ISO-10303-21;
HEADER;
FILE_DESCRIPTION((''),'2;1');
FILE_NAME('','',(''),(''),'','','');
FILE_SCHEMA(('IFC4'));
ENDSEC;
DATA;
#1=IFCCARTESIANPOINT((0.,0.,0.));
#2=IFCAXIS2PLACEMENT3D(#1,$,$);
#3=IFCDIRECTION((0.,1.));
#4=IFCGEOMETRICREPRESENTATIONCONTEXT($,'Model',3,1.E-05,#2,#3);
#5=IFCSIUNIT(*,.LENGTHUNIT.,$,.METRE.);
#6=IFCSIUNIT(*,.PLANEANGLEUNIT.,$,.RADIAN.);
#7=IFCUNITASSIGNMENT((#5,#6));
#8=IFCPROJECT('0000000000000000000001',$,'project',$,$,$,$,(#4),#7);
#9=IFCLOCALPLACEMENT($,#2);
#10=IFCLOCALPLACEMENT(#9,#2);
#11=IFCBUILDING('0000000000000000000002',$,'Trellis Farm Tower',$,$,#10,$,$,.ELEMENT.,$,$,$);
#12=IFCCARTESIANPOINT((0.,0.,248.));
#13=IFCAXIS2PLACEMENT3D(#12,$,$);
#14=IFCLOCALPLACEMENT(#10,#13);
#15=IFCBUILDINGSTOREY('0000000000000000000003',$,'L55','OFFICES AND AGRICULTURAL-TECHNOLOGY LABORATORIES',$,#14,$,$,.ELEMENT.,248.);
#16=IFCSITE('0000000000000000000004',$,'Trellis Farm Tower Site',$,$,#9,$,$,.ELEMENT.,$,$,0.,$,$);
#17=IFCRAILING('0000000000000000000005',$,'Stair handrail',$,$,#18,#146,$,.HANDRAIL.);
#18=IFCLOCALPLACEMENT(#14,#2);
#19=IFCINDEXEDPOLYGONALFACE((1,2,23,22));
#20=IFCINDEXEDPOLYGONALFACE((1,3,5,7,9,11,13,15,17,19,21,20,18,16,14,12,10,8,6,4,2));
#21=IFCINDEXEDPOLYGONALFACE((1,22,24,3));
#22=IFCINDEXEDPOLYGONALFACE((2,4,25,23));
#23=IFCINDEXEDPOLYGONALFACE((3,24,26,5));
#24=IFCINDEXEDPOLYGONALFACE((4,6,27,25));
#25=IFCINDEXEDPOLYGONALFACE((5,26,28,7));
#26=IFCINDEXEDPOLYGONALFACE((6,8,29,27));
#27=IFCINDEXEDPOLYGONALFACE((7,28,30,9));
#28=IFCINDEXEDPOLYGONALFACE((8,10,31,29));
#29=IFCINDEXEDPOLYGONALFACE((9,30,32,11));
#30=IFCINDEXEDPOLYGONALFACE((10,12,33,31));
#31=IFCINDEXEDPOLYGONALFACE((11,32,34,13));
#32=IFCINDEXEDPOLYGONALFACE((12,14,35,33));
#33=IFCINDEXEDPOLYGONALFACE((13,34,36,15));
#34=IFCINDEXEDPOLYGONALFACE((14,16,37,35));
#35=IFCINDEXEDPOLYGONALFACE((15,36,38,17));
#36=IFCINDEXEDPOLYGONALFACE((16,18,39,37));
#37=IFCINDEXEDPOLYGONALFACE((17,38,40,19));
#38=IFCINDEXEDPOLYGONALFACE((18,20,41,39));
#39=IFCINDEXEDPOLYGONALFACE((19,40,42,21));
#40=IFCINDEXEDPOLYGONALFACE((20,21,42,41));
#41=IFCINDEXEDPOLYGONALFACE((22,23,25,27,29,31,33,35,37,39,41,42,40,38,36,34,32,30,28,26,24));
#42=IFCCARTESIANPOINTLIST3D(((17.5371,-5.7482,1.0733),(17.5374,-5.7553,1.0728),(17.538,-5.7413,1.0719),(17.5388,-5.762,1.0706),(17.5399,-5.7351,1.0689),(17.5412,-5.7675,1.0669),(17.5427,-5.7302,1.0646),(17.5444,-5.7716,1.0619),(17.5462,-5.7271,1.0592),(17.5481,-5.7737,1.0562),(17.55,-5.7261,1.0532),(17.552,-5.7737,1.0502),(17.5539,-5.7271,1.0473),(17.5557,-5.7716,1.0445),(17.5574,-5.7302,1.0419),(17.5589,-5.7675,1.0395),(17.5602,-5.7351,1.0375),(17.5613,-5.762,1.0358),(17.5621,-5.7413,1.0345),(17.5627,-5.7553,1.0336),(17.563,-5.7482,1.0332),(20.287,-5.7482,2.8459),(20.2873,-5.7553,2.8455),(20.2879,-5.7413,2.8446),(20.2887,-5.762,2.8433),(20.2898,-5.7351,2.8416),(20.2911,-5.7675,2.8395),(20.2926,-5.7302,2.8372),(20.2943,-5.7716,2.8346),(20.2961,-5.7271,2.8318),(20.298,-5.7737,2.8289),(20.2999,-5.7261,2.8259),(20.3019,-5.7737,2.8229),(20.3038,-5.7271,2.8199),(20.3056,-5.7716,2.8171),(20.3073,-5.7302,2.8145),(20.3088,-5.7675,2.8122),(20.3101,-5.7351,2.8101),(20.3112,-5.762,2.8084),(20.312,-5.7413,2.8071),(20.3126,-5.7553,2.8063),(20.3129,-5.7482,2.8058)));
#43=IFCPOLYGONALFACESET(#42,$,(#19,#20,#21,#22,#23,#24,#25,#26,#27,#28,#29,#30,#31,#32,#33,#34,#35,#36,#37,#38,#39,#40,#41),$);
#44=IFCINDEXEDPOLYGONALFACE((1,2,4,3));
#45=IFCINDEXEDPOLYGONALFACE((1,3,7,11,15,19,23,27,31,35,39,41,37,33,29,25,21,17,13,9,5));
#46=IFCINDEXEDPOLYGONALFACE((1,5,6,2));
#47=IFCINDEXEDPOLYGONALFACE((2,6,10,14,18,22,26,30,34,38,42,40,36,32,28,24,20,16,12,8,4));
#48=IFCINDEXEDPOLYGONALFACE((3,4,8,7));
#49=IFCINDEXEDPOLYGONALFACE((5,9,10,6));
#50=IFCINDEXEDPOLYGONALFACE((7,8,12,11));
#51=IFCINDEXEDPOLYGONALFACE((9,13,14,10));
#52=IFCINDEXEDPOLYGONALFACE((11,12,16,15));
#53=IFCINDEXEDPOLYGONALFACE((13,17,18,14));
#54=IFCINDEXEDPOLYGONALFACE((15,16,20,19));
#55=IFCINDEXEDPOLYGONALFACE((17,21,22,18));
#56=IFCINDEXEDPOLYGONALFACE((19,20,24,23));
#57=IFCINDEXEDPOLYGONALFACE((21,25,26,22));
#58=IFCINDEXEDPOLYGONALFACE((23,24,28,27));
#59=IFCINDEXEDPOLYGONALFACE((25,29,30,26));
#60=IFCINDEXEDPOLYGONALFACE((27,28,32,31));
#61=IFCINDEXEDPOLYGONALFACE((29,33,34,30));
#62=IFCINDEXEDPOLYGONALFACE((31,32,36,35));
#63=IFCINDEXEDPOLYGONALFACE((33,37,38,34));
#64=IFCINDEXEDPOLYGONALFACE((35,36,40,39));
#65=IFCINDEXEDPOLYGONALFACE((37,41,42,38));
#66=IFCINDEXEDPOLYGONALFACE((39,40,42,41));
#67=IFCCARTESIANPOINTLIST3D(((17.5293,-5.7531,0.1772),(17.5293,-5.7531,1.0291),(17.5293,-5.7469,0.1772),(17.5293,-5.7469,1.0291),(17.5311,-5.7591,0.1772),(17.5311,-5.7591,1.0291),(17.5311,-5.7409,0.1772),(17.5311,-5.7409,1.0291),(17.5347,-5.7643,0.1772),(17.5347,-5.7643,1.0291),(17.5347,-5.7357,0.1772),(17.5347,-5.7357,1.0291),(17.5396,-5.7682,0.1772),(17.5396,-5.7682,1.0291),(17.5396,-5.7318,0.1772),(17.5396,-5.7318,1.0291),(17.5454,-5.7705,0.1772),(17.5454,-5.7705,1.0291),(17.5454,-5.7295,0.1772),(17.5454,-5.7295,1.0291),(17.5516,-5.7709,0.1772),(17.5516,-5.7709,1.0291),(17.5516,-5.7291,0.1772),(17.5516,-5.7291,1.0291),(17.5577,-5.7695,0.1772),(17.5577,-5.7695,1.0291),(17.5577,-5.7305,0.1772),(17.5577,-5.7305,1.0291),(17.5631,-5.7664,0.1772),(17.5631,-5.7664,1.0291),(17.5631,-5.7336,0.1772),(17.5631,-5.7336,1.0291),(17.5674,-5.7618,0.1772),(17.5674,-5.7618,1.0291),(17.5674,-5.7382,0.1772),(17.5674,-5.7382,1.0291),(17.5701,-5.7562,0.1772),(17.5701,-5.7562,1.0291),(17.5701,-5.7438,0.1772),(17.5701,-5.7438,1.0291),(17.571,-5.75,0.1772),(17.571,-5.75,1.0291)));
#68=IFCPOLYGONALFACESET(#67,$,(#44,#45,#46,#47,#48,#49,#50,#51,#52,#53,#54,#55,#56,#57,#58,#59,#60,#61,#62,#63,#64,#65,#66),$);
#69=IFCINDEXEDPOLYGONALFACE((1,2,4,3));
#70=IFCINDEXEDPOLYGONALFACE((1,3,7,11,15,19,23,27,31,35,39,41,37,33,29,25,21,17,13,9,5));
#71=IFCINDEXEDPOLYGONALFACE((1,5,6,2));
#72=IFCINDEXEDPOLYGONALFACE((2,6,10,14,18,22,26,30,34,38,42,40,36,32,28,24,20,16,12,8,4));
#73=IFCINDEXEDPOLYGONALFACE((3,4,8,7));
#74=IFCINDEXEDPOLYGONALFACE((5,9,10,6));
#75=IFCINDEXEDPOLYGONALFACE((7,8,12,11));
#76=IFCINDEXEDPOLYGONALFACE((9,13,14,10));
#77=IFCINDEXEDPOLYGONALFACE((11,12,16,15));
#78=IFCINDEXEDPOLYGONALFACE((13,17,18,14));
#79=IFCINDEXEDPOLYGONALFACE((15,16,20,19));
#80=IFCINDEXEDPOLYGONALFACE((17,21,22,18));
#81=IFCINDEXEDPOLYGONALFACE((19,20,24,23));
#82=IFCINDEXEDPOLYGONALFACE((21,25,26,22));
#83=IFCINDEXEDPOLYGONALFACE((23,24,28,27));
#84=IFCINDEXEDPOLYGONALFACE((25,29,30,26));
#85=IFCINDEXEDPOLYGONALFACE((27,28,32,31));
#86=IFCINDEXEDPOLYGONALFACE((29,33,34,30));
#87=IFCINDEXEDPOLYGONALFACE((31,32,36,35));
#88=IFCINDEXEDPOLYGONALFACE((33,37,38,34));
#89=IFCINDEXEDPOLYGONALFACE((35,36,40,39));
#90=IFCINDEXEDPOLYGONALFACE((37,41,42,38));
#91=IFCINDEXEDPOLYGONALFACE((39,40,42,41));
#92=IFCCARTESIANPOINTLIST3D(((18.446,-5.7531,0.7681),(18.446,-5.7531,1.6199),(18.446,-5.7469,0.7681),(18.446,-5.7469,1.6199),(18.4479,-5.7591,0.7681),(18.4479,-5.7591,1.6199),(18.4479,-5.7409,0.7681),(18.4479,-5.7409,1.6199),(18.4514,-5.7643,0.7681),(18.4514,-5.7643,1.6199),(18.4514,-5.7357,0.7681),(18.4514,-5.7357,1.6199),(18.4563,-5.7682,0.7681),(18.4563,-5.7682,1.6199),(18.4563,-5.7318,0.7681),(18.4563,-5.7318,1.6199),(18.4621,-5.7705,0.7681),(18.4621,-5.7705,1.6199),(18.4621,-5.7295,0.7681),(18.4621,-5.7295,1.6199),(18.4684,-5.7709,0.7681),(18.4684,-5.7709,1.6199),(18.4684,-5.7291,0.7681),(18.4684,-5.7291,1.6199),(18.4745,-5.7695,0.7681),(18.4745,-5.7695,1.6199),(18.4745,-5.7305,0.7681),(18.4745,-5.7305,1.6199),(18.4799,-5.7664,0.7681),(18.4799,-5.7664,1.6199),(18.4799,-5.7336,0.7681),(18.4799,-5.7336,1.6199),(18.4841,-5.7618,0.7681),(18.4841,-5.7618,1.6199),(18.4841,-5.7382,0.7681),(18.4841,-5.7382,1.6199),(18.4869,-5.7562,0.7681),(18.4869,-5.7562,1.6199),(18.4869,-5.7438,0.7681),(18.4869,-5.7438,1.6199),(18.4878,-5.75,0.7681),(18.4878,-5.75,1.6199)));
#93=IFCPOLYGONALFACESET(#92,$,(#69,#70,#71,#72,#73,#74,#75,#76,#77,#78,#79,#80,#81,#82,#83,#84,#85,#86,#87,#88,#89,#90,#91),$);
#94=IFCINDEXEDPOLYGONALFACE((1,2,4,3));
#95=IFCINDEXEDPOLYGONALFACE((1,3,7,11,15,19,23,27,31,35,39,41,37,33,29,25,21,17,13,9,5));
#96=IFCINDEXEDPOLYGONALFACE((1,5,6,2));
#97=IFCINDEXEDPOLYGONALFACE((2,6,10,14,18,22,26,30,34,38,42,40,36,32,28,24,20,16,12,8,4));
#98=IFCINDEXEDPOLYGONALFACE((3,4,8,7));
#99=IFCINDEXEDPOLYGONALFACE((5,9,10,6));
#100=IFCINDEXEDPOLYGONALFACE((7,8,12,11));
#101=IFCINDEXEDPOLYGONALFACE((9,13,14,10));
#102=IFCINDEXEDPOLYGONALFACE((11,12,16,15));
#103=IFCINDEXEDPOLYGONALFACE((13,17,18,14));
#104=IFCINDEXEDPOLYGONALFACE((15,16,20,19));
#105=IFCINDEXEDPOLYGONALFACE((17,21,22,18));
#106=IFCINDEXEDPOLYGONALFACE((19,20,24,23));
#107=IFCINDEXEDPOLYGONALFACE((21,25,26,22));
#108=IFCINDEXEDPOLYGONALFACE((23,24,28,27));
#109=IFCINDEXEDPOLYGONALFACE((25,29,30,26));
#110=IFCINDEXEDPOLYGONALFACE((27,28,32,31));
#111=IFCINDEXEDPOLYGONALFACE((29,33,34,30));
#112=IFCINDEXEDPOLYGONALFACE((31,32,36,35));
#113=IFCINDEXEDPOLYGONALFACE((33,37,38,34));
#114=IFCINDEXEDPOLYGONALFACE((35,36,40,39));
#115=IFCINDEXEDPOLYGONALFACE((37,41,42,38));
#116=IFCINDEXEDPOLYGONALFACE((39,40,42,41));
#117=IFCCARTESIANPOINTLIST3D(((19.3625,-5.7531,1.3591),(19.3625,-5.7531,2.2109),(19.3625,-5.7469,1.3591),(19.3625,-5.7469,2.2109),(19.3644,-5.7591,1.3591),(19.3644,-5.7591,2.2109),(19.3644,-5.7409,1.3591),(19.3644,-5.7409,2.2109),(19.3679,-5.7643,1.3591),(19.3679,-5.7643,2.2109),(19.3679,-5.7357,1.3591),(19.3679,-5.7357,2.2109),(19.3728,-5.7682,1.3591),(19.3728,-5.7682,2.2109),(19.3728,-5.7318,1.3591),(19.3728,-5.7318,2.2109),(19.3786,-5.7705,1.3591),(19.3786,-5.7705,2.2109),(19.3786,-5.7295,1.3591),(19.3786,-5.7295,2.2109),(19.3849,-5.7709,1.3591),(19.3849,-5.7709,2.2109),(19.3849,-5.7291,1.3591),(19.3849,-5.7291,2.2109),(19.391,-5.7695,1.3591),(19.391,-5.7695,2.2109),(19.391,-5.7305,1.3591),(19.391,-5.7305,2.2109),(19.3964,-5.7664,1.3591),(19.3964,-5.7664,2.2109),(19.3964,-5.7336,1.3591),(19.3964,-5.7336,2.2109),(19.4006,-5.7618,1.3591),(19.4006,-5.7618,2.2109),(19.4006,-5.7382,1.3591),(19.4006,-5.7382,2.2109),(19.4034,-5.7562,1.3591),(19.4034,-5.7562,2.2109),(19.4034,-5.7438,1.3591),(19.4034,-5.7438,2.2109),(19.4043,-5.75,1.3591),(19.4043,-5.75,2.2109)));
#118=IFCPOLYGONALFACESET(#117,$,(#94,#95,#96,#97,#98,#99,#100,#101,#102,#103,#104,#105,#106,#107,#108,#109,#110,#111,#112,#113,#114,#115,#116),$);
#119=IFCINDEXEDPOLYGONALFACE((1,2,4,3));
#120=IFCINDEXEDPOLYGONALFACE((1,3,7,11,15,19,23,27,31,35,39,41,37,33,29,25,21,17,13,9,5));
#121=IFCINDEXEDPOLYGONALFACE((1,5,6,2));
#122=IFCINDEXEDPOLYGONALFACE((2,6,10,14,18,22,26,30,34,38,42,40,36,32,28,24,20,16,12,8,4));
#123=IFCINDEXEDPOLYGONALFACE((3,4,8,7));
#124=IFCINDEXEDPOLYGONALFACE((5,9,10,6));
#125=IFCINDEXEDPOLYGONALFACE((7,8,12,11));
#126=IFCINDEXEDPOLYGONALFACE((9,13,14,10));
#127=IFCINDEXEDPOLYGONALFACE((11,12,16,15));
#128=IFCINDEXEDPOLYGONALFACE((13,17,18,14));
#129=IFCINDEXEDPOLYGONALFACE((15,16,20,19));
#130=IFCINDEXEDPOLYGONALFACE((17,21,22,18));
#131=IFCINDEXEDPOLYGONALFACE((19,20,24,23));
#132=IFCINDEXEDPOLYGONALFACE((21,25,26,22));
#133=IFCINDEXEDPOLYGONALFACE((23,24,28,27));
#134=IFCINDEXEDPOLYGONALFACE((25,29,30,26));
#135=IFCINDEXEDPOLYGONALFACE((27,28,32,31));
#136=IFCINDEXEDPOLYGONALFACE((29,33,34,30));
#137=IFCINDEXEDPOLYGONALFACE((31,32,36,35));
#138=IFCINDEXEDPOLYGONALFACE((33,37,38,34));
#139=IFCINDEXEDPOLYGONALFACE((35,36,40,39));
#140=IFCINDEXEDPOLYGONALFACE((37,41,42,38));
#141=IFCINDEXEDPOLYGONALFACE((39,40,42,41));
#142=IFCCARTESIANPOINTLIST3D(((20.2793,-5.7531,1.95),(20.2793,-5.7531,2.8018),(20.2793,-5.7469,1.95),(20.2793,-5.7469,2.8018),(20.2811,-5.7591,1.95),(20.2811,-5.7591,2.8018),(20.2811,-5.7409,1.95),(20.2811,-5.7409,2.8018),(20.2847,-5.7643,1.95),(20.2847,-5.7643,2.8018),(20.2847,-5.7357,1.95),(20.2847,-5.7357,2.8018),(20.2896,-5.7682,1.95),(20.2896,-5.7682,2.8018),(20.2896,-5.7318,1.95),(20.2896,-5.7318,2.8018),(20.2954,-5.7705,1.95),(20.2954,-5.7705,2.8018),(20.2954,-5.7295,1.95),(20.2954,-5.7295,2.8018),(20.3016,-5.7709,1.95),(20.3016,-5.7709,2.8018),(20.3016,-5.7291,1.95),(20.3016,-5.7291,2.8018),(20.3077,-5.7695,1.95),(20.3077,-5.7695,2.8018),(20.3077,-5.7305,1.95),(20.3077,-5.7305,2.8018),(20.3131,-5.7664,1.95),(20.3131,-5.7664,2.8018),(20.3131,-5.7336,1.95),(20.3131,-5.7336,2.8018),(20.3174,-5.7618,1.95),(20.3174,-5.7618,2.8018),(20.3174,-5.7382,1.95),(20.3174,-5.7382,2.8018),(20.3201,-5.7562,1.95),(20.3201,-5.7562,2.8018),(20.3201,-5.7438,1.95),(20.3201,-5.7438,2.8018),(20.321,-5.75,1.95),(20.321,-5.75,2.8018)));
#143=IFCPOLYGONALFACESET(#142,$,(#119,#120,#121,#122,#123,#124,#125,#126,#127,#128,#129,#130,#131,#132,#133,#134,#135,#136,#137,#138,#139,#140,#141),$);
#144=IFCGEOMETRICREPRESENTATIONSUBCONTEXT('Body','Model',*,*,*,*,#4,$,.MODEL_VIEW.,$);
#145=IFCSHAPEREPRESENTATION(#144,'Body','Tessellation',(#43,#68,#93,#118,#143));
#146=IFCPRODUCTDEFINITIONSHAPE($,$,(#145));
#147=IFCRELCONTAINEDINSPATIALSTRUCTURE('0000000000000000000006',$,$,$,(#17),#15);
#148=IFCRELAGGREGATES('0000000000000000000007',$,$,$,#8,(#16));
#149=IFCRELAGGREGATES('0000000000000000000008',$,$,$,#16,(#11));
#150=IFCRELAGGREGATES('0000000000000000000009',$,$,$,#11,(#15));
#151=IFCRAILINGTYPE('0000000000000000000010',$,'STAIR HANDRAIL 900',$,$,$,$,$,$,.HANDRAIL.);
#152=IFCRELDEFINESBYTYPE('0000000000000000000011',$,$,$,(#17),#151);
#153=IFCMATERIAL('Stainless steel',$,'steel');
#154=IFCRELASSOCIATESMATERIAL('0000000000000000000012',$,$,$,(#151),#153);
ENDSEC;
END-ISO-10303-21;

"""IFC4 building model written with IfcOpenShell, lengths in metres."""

from ifc_helpers import new_model, si_unit, direction, frame, origin, origin_2d, place, context, subcontext, project, spatial, circle, extrude, source, transform, mapped, material, type_object, element, save


model = new_model("IFC4")

# Units and contexts
model_context = context("Model", 3, precision=1e-05, world=origin(), true_north=direction((0.0, 1.0)))
body_context = subcontext(model_context, "Body", "Model", "MODEL_VIEW")
ifc_project = project(units=[si_unit("LENGTHUNIT", "METRE"), si_unit("PLANEANGLEUNIT", "RADIAN")], contexts=[model_context])

# Site, building, storey
site_placement = place(None, origin())
site = spatial("IfcSite", under=ifc_project, at=site_placement, Name="Trellis Farm Tower Site", CompositionType="ELEMENT", RefElevation=0.0)
building_placement = place(site_placement, origin())
building = spatial("IfcBuilding", under=site, at=building_placement, Name="Trellis Farm Tower", CompositionType="ELEMENT")
storey_placement = place(building_placement, frame((0.0, 0.0, 248.0)))
storey = spatial("IfcBuildingStorey", under=building, at=storey_placement, Name="L55", Description="OFFICES AND AGRICULTURAL-TECHNOLOGY LABORATORIES", CompositionType="ELEMENT", Elevation=248.0)

# Railing
ifc_material_1 = material(Name="Stainless steel", Category="steel")
railing_type = type_object("IfcRailingType", Name="STAIR HANDRAIL 900", PredefinedType="HANDRAIL", material=ifc_material_1)
shared_shape_1 = source(origin(), body_context, "Body", "SweptSolid", [
    extrude(circle(Radius=0.0239, at=origin_2d()), frame((0.0, 0.0, 0.876), z_axis=(0.840504, 0.0, 0.541806), x_axis=(0.0, 1.0, 0.0)), (0.0, 0.0, 1.0), 3.2717),
    extrude(circle(Radius=0.021, at=origin_2d()), origin(), (0.0, 0.0, 1.0), 0.8518),
    extrude(circle(Radius=0.021, at=origin_2d()), frame((0.9167, 0.0, 0.5908)), (0.0, 0.0, 1.0), 0.8518),
    extrude(circle(Radius=0.021, at=origin_2d()), frame((1.8333, 0.0, 1.1819)), (0.0, 0.0, 1.0), 0.8518),
    extrude(circle(Radius=0.021, at=origin_2d()), frame((2.75, 0.0, 1.7727)), (0.0, 0.0, 1.0), 0.8518),
])
for number, where, name in (
    (1, (17.55, -5.75, 0.1772), "Stair handrail"),
):
    element("IfcRailing", number, at=place(storey_placement, frame(where)), inside=storey, type_object=railing_type, Name=name, PredefinedType="HANDRAIL", context=body_context, shape_type="MappedRepresentation", body=[
        mapped(shared_shape_1, transform((0.0, 0.0, 0.0))),
    ])

save(model, "model.ifc")
